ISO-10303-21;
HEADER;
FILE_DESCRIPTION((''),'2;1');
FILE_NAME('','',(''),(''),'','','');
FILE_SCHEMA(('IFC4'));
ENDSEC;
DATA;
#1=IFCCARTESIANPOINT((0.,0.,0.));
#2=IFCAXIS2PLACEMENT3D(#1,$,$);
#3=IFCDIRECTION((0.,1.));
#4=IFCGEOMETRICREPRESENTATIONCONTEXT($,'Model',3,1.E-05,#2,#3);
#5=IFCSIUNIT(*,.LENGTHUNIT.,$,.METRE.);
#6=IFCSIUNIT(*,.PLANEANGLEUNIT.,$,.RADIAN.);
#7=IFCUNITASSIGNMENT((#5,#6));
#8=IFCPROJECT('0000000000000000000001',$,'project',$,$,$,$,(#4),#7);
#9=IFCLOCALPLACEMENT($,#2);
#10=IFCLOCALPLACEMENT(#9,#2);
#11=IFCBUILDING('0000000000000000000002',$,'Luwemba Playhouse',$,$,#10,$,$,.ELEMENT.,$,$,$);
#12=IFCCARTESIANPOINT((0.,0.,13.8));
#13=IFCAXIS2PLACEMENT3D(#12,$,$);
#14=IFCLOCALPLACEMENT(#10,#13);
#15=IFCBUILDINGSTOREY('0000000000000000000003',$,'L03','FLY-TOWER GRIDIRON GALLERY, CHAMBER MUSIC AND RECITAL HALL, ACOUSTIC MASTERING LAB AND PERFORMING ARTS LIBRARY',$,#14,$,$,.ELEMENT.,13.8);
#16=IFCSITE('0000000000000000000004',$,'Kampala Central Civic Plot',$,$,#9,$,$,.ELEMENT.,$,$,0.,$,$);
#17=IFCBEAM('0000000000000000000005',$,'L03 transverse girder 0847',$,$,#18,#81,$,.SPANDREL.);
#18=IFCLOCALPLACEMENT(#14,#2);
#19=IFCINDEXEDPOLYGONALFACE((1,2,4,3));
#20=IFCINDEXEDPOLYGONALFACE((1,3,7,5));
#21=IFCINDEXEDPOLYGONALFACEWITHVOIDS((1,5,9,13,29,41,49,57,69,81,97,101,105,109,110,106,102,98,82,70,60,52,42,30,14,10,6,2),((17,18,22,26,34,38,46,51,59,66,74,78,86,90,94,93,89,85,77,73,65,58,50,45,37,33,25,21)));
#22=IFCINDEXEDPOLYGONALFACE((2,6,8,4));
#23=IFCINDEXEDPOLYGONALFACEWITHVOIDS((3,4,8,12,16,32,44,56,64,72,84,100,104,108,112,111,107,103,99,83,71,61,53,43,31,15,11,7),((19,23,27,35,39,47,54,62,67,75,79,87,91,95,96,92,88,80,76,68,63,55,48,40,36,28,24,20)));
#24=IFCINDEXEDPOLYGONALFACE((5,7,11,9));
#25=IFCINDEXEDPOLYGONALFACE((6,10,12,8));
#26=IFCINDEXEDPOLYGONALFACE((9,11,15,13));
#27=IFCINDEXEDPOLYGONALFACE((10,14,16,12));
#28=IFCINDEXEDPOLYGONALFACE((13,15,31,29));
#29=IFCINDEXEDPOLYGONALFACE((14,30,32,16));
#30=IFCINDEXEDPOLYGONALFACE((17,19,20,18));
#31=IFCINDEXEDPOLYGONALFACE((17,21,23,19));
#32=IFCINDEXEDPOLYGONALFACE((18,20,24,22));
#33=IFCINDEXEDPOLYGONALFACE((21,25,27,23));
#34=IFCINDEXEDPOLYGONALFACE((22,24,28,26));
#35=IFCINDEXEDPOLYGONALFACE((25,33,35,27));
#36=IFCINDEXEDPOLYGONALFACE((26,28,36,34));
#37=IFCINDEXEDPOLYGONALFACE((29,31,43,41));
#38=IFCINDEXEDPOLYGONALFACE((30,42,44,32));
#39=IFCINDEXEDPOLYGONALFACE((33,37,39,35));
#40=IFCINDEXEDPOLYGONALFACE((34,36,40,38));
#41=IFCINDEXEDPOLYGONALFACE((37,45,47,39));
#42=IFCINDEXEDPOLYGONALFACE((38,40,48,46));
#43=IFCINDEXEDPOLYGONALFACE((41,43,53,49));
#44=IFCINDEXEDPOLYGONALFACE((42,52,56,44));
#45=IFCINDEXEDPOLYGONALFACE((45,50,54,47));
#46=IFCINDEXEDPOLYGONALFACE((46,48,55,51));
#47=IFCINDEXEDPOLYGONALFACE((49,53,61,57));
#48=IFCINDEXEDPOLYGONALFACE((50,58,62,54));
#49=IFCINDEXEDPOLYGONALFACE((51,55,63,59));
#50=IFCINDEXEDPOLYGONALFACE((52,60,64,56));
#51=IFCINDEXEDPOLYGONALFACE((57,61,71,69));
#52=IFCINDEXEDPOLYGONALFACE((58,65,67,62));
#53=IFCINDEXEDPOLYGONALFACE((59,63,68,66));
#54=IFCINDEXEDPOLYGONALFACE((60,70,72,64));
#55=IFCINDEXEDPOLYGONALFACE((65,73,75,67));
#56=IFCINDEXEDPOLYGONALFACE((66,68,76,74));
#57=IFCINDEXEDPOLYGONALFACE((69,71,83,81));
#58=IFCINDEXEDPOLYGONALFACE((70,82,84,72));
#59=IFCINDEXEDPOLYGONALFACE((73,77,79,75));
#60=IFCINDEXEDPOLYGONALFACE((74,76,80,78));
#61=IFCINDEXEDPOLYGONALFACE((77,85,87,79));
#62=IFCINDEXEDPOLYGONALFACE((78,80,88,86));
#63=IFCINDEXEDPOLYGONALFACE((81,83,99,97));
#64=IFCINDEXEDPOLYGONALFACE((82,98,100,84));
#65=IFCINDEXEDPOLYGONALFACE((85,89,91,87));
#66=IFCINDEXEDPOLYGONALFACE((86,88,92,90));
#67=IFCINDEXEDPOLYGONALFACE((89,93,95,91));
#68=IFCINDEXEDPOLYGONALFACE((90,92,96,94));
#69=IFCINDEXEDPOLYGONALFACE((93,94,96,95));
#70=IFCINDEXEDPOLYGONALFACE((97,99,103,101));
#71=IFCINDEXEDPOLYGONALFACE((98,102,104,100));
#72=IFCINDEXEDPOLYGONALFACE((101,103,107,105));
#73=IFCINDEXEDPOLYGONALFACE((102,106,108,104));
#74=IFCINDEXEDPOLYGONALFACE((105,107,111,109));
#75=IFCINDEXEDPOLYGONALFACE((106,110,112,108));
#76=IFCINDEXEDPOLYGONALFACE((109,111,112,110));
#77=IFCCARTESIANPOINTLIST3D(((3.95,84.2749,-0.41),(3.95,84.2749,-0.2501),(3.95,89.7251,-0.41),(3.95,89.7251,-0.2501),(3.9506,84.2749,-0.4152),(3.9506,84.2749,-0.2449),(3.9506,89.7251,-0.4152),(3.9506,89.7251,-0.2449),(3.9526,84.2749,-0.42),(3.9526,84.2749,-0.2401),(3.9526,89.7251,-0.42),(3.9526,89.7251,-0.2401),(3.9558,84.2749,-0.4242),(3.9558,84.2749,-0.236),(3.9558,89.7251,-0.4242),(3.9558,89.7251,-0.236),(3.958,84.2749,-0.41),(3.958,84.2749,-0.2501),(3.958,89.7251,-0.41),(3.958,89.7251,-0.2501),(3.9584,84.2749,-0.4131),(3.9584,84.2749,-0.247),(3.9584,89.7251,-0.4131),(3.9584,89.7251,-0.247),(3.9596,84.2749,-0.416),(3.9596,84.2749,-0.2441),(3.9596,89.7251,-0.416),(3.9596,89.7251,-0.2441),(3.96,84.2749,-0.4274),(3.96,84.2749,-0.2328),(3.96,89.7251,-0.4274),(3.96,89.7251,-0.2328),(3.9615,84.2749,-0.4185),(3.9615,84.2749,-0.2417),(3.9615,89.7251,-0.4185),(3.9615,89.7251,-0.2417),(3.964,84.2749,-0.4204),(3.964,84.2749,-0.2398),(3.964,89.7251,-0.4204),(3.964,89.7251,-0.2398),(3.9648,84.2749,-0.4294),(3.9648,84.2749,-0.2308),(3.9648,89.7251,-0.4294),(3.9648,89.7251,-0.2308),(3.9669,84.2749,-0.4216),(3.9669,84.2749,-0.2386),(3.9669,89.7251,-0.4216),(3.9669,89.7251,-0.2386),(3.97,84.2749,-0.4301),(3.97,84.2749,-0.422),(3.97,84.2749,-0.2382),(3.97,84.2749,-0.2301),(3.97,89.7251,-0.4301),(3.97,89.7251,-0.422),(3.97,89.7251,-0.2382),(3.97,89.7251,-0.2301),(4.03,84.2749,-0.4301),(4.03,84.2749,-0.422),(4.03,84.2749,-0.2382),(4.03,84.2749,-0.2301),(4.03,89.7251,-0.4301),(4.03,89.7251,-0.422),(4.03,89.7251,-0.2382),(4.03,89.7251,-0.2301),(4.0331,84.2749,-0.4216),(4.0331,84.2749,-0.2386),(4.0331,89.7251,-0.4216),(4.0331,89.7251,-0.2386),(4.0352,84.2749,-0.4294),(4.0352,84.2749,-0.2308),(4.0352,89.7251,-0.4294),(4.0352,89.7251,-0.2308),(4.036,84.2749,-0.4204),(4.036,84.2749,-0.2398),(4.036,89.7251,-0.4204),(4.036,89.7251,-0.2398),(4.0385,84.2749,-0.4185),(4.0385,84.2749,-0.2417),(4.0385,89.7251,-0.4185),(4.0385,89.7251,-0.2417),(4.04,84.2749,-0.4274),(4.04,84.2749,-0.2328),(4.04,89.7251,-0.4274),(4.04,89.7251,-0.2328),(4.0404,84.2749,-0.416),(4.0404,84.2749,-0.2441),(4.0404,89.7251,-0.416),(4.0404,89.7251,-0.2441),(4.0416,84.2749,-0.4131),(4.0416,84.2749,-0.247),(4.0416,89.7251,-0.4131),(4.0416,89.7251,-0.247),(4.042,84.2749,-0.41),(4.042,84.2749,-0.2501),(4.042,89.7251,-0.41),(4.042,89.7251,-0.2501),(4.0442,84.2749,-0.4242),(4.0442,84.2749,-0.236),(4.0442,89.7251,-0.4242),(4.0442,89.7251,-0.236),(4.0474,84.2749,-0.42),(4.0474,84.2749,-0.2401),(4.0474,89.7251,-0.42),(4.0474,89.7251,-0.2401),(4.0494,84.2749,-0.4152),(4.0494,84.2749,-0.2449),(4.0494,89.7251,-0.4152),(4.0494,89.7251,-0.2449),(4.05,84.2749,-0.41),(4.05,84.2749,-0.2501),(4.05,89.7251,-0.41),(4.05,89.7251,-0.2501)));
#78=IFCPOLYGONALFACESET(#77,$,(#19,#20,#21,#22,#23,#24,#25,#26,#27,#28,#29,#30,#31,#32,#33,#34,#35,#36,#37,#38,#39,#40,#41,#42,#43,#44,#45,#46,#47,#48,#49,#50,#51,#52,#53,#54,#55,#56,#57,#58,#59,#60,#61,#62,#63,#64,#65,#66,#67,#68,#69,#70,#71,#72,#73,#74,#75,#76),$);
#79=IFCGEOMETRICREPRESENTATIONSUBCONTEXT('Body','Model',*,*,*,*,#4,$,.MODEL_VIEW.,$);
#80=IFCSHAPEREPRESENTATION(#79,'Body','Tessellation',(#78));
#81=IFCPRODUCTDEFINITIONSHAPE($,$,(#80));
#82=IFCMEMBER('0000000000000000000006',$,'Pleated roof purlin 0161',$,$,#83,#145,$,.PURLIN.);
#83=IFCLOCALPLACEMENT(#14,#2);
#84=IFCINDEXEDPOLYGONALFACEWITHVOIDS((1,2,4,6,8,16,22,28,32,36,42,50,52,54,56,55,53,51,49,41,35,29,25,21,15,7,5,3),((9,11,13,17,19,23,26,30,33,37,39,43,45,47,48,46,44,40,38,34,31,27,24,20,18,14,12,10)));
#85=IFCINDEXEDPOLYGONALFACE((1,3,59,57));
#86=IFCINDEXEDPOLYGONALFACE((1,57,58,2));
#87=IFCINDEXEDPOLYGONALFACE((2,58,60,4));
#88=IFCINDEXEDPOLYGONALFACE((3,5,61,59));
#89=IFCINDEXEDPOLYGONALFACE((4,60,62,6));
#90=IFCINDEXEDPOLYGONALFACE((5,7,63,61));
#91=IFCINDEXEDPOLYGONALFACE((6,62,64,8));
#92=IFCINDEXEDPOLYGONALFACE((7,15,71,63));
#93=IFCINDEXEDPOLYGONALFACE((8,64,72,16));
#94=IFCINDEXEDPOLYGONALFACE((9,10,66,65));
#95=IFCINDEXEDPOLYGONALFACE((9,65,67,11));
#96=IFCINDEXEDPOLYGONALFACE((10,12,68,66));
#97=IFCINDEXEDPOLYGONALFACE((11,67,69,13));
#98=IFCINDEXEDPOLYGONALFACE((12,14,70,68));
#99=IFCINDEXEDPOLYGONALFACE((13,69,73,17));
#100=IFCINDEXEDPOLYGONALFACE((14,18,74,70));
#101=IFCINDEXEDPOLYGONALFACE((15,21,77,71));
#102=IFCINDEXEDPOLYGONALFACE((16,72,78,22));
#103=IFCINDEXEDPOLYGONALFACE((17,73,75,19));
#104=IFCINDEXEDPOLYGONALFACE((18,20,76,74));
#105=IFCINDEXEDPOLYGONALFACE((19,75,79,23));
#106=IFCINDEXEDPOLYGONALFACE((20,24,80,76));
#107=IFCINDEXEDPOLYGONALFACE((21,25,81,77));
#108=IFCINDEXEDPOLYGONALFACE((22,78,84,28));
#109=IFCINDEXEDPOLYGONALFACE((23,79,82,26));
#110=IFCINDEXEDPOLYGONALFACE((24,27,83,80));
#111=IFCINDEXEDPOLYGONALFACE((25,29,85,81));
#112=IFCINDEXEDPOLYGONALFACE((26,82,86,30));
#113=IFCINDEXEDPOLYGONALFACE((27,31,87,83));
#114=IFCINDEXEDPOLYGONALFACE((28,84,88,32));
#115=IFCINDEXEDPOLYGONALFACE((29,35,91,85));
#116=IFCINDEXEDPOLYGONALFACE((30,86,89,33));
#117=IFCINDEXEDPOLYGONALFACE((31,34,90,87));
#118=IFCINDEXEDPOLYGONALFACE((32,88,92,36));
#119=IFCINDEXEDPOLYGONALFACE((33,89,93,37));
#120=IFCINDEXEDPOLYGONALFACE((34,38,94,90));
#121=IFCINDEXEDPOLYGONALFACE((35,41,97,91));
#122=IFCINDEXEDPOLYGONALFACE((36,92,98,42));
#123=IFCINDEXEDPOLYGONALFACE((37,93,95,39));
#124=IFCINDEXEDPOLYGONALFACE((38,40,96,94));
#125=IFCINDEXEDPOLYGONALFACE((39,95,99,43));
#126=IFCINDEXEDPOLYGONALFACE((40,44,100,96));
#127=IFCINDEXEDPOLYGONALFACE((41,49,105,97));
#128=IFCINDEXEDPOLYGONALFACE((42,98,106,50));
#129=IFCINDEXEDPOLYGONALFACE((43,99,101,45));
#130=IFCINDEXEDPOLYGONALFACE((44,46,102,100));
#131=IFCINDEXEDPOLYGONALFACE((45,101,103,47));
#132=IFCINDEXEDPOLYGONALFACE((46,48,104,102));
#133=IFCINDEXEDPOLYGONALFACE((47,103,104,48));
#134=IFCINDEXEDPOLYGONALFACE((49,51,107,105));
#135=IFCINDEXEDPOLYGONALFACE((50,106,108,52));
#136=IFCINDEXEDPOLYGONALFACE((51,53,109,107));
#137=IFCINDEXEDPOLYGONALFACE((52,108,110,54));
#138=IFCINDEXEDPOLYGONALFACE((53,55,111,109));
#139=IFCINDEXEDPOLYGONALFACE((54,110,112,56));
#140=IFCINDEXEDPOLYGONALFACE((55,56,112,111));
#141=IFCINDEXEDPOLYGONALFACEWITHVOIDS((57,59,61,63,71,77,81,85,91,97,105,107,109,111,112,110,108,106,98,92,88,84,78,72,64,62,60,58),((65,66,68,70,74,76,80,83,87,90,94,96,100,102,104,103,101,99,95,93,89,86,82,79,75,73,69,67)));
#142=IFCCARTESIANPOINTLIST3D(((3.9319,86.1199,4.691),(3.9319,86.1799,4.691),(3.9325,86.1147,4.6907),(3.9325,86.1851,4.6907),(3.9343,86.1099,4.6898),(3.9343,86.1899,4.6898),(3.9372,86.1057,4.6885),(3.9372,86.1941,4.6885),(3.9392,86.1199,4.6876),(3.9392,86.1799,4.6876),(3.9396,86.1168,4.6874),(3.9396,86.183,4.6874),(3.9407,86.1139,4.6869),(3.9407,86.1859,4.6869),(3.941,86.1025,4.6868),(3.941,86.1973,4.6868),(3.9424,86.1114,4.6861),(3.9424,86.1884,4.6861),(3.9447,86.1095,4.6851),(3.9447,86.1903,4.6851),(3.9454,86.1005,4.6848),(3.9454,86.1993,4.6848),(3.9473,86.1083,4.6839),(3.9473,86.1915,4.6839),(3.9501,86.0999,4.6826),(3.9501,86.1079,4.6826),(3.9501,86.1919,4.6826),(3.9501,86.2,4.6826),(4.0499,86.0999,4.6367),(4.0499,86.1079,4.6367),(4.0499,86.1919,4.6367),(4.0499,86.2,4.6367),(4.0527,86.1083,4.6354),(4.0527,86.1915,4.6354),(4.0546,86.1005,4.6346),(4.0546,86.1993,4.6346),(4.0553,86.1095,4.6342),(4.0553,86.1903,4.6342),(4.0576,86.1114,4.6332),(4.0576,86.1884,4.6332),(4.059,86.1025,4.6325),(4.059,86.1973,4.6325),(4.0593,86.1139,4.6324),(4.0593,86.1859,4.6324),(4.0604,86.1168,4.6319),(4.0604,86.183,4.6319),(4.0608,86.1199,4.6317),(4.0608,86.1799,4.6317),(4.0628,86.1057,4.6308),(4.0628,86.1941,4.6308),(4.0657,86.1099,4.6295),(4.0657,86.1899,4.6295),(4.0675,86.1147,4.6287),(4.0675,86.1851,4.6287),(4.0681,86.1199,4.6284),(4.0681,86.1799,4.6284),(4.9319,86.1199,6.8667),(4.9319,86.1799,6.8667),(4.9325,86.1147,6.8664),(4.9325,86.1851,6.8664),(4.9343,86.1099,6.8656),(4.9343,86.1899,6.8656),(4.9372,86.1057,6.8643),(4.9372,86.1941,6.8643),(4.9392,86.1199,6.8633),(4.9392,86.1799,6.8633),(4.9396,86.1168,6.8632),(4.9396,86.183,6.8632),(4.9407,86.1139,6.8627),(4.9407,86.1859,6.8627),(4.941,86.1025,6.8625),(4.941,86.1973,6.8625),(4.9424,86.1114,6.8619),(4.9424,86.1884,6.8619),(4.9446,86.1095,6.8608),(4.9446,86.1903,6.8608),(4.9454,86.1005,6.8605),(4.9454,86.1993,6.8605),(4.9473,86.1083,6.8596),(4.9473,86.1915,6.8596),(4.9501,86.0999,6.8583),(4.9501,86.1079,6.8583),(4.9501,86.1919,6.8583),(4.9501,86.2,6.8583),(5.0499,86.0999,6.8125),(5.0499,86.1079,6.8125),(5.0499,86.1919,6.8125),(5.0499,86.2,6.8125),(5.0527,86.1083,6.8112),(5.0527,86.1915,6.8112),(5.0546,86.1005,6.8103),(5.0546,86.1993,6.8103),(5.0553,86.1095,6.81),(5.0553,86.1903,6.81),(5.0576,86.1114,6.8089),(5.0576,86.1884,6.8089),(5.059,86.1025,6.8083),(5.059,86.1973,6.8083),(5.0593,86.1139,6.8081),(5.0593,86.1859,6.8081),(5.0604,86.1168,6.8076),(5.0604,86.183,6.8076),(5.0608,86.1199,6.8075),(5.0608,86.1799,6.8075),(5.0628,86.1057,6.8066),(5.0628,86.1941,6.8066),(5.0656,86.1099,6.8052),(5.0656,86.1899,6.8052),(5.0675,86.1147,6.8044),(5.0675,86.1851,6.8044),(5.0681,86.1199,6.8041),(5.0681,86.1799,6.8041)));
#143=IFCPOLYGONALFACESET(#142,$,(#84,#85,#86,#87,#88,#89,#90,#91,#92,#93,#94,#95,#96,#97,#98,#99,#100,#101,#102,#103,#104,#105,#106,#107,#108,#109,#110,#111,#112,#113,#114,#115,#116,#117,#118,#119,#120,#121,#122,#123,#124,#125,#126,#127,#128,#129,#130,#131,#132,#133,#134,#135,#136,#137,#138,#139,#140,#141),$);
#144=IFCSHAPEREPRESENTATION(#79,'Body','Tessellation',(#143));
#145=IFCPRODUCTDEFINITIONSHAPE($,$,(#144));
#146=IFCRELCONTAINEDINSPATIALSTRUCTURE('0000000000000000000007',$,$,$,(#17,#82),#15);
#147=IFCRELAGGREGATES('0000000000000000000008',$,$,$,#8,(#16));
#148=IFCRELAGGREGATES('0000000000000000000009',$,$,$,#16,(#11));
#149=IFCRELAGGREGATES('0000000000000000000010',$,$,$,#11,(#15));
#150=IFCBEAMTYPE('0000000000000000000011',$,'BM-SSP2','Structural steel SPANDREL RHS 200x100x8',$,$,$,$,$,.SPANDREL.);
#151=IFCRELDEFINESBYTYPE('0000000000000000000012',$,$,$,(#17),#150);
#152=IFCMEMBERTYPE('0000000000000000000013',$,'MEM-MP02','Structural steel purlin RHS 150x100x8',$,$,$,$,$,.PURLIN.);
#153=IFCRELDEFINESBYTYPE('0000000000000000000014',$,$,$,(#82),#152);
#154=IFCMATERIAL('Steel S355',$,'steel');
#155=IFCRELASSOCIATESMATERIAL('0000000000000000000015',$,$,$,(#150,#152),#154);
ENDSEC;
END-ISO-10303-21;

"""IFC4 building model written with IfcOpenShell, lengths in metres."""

from ifc_helpers import new_model, si_unit, direction, frame, origin, origin_2d, place, context, subcontext, project, spatial, hollow_rectangle, extrude, material, material_profile, profile_set, type_object, element, save


model = new_model("IFC4")

# Units and contexts
model_context = context("Model", 3, precision=1e-05, world=origin(), true_north=direction((0.0, 1.0)))
body_context = subcontext(model_context, "Body", "Model", "MODEL_VIEW")
ifc_project = project(units=[si_unit("LENGTHUNIT", "METRE"), si_unit("PLANEANGLEUNIT", "RADIAN")], contexts=[model_context])

# Site, building, storey
site_placement = place(None, origin())
site = spatial("IfcSite", under=ifc_project, at=site_placement, Name="Kampala Central Civic Plot", CompositionType="ELEMENT", RefElevation=0.0)
building_placement = place(site_placement, origin())
building = spatial("IfcBuilding", under=site, at=building_placement, Name="Luwemba Playhouse", CompositionType="ELEMENT")
storey_placement = place(building_placement, frame((0.0, 0.0, 13.8)))
storey = spatial("IfcBuildingStorey", under=building, at=storey_placement, Name="L03", Description="FLY-TOWER GRIDIRON GALLERY, CHAMBER MUSIC AND RECITAL HALL, ACOUSTIC MASTERING LAB AND PERFORMING ARTS LIBRARY", CompositionType="ELEMENT", Elevation=13.8)

# Beam
ifc_material_1 = material(Name="Steel S355", Category="steel")
ifc_material_profile_1 = material_profile(ifc_material_1, hollow_rectangle(XDim=0.1001, YDim=0.2, WallThickness=0.0081, InnerFilletRadius=0.012, OuterFilletRadius=0.02, at=origin_2d()))
ifc_profile_set_1 = profile_set([ifc_material_profile_1], Name="Steel S355")
beam_type_1 = type_object("IfcBeamType", Name="BM-SSP2", Description="Structural steel SPANDREL RHS 200x100x8", PredefinedType="SPANDREL", material=ifc_profile_set_1)
beam_1_placement = place(storey_placement, frame((4.0, 84.2749, -0.3301), z_axis=(0.0, 1.0, 0.0), x_axis=(-1.0, 0.0, 0.0)))
element("IfcBeam", 1, at=beam_1_placement, inside=storey, type_object=beam_type_1, Name="L03 transverse girder 0847", PredefinedType="SPANDREL", context=body_context, shape_type="SweptSolid", body=[
    extrude(hollow_rectangle(XDim=0.1001, YDim=0.2, WallThickness=0.0081, InnerFilletRadius=0.012, OuterFilletRadius=0.02, at=origin_2d()), origin(), (0.0, 0.0, 1.0), 5.4502),
])

# Member
ifc_material_profile_2 = material_profile(ifc_material_1, hollow_rectangle(XDim=0.1001, YDim=0.1499, WallThickness=0.0081, InnerFilletRadius=0.012, OuterFilletRadius=0.02, at=origin_2d()))
ifc_profile_set_2 = profile_set([ifc_material_profile_2], Name="Steel S355")
member_type_1 = type_object("IfcMemberType", Name="MEM-MP02", Description="Structural steel purlin RHS 150x100x8", PredefinedType="PURLIN", material=ifc_profile_set_2)
for number, where, z_axis, x_axis, name in (
    (2, (4.0, 86.1499, 4.6597), (0.417609, 0.0, 0.908627), (0.0, 1.0, 0.0), "Pleated roof purlin 0161"),
):
    element("IfcMember", number, at=place(storey_placement, frame(where, z_axis=z_axis, x_axis=x_axis)), inside=storey, type_object=member_type_1, Name=name, PredefinedType="PURLIN", context=body_context, shape_type="SweptSolid", body=[
        extrude(hollow_rectangle(XDim=0.1001, YDim=0.1499, WallThickness=0.0081, InnerFilletRadius=0.012, OuterFilletRadius=0.02, at=origin_2d()), origin(), (0.0, 0.0, 1.0), 2.3945),
    ])

save(model, "model.ifc")
